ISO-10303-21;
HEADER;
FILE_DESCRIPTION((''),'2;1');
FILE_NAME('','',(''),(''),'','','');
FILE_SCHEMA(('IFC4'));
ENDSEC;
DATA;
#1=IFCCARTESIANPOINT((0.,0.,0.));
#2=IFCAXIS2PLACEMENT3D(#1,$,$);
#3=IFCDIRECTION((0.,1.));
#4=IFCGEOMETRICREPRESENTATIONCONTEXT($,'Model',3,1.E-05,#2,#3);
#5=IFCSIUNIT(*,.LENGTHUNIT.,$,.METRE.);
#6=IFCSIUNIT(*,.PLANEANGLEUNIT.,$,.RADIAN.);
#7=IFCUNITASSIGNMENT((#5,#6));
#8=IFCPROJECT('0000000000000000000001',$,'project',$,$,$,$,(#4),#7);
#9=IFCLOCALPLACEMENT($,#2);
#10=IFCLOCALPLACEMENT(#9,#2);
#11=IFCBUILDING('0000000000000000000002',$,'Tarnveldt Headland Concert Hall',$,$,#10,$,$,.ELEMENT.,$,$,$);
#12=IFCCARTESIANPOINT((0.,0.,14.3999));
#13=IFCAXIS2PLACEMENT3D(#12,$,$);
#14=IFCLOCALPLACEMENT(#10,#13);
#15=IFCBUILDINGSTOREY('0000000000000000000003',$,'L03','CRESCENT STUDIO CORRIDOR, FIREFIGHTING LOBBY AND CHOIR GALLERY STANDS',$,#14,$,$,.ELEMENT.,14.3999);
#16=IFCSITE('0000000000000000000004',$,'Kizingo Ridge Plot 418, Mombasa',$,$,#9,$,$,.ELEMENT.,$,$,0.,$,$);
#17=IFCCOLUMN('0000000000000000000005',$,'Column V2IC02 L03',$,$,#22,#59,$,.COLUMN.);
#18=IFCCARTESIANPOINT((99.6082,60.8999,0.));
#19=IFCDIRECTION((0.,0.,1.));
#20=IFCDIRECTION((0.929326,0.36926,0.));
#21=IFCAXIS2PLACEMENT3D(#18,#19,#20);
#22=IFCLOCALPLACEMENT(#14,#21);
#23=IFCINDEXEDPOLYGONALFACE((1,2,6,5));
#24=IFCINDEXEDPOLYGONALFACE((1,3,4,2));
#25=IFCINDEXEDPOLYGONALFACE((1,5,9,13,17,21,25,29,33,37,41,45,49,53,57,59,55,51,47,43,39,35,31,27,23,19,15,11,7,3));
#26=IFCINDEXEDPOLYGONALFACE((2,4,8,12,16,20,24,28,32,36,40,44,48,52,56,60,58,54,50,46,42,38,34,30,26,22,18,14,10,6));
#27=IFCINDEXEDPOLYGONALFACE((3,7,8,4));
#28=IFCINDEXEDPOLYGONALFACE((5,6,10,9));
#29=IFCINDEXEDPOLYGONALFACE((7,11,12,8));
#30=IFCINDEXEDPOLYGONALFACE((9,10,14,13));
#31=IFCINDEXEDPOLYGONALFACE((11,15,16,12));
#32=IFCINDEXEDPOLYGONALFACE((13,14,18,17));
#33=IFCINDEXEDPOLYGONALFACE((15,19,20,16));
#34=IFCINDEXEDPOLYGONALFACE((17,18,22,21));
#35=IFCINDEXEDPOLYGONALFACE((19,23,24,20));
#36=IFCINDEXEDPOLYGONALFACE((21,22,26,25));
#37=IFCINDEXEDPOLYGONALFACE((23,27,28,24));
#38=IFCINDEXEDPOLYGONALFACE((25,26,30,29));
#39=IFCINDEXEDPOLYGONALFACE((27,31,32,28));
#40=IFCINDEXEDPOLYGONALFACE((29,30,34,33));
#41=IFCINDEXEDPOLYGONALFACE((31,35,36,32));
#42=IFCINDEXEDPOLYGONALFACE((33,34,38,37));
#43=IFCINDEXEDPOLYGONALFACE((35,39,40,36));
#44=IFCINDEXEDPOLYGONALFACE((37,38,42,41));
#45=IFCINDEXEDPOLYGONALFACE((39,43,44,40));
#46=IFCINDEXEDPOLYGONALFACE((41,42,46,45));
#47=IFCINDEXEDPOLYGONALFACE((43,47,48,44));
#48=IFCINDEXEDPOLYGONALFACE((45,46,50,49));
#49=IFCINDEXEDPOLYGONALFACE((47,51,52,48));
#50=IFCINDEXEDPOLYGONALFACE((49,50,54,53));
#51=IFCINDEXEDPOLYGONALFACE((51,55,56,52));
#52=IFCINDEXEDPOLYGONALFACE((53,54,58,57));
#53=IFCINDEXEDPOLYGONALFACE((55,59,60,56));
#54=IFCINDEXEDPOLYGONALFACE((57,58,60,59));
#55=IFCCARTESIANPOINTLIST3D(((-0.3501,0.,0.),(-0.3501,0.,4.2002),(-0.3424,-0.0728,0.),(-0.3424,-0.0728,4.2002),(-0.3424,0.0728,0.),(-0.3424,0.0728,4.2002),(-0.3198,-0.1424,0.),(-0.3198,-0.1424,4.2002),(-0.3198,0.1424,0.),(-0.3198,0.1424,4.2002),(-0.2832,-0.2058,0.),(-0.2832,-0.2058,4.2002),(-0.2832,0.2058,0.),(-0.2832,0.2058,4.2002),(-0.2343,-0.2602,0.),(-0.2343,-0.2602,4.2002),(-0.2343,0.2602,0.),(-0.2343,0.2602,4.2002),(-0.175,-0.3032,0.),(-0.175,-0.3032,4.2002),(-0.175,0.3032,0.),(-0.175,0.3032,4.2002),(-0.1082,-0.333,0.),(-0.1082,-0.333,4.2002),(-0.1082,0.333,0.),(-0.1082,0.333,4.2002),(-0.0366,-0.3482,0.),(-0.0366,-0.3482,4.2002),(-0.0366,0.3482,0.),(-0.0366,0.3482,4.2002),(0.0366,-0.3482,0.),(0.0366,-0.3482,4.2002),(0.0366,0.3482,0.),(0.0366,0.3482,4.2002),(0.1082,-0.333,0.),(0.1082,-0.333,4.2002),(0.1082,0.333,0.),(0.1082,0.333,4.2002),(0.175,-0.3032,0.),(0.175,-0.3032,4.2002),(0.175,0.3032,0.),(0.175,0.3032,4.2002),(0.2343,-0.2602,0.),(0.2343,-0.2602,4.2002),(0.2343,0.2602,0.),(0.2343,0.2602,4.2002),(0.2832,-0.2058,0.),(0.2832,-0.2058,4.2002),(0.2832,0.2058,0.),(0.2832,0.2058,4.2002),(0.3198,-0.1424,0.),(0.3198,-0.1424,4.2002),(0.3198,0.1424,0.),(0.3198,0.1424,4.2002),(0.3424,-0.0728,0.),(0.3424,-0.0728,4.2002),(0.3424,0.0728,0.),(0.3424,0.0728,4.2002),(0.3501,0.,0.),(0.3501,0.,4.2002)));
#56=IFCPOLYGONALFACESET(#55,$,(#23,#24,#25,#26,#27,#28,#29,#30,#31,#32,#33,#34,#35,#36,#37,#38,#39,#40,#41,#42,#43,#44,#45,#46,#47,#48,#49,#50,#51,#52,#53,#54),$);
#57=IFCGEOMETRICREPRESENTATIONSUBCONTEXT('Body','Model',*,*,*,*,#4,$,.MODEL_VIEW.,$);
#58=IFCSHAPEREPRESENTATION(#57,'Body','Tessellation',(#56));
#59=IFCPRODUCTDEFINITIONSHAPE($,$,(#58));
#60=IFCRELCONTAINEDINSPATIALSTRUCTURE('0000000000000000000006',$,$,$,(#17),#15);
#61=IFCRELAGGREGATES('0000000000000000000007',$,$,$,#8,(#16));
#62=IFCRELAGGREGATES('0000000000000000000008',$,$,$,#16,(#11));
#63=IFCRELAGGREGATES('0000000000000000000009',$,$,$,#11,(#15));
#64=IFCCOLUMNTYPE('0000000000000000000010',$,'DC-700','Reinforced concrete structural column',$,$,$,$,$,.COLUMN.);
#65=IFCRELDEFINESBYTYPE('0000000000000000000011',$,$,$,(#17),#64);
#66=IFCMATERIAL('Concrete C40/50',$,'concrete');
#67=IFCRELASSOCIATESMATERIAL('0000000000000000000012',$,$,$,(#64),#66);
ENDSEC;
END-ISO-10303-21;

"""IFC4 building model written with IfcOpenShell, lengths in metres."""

from ifc_helpers import new_model, si_unit, direction, frame, origin, origin_2d, place, context, subcontext, project, spatial, circle, extrude, material, material_profile, profile_set, type_object, element, save


model = new_model("IFC4")

# Units and contexts
model_context = context("Model", 3, precision=1e-05, world=origin(), true_north=direction((0.0, 1.0)))
body_context = subcontext(model_context, "Body", "Model", "MODEL_VIEW")
ifc_project = project(units=[si_unit("LENGTHUNIT", "METRE"), si_unit("PLANEANGLEUNIT", "RADIAN")], contexts=[model_context])

# Site, building, storey
site_placement = place(None, origin())
site = spatial("IfcSite", under=ifc_project, at=site_placement, Name="Kizingo Ridge Plot 418, Mombasa", CompositionType="ELEMENT", RefElevation=0.0)
building_placement = place(site_placement, origin())
building = spatial("IfcBuilding", under=site, at=building_placement, Name="Tarnveldt Headland Concert Hall", CompositionType="ELEMENT")
storey_placement = place(building_placement, frame((0.0, 0.0, 14.3999)))
storey = spatial("IfcBuildingStorey", under=building, at=storey_placement, Name="L03", Description="CRESCENT STUDIO CORRIDOR, FIREFIGHTING LOBBY AND CHOIR GALLERY STANDS", CompositionType="ELEMENT", Elevation=14.3999)

# Column
ifc_material_1 = material(Name="Concrete C40/50", Category="concrete")
ifc_material_profile_1 = material_profile(ifc_material_1, circle(Radius=0.3501, at=origin_2d()), Name="RC D700", Category="concrete")
ifc_profile_set_1 = profile_set([ifc_material_profile_1], Name="Concrete C40/50")
column_type = type_object("IfcColumnType", Name="DC-700", Description="Reinforced concrete structural column", PredefinedType="COLUMN", material=ifc_profile_set_1)
column_placement = place(storey_placement, frame((99.6082, 60.8999, 0.0), z_axis=(0.0, 0.0, 1.0), x_axis=(0.929326, 0.36926, 0.0)))
element("IfcColumn", 1, at=column_placement, inside=storey, type_object=column_type, Name="Column V2IC02 L03", PredefinedType="COLUMN", context=body_context, shape_type="SweptSolid", body=[
    extrude(circle(Radius=0.3501, at=origin_2d()), origin(), (0.0, 0.0, 1.0), 4.2002),
])

save(model, "model.ifc")
